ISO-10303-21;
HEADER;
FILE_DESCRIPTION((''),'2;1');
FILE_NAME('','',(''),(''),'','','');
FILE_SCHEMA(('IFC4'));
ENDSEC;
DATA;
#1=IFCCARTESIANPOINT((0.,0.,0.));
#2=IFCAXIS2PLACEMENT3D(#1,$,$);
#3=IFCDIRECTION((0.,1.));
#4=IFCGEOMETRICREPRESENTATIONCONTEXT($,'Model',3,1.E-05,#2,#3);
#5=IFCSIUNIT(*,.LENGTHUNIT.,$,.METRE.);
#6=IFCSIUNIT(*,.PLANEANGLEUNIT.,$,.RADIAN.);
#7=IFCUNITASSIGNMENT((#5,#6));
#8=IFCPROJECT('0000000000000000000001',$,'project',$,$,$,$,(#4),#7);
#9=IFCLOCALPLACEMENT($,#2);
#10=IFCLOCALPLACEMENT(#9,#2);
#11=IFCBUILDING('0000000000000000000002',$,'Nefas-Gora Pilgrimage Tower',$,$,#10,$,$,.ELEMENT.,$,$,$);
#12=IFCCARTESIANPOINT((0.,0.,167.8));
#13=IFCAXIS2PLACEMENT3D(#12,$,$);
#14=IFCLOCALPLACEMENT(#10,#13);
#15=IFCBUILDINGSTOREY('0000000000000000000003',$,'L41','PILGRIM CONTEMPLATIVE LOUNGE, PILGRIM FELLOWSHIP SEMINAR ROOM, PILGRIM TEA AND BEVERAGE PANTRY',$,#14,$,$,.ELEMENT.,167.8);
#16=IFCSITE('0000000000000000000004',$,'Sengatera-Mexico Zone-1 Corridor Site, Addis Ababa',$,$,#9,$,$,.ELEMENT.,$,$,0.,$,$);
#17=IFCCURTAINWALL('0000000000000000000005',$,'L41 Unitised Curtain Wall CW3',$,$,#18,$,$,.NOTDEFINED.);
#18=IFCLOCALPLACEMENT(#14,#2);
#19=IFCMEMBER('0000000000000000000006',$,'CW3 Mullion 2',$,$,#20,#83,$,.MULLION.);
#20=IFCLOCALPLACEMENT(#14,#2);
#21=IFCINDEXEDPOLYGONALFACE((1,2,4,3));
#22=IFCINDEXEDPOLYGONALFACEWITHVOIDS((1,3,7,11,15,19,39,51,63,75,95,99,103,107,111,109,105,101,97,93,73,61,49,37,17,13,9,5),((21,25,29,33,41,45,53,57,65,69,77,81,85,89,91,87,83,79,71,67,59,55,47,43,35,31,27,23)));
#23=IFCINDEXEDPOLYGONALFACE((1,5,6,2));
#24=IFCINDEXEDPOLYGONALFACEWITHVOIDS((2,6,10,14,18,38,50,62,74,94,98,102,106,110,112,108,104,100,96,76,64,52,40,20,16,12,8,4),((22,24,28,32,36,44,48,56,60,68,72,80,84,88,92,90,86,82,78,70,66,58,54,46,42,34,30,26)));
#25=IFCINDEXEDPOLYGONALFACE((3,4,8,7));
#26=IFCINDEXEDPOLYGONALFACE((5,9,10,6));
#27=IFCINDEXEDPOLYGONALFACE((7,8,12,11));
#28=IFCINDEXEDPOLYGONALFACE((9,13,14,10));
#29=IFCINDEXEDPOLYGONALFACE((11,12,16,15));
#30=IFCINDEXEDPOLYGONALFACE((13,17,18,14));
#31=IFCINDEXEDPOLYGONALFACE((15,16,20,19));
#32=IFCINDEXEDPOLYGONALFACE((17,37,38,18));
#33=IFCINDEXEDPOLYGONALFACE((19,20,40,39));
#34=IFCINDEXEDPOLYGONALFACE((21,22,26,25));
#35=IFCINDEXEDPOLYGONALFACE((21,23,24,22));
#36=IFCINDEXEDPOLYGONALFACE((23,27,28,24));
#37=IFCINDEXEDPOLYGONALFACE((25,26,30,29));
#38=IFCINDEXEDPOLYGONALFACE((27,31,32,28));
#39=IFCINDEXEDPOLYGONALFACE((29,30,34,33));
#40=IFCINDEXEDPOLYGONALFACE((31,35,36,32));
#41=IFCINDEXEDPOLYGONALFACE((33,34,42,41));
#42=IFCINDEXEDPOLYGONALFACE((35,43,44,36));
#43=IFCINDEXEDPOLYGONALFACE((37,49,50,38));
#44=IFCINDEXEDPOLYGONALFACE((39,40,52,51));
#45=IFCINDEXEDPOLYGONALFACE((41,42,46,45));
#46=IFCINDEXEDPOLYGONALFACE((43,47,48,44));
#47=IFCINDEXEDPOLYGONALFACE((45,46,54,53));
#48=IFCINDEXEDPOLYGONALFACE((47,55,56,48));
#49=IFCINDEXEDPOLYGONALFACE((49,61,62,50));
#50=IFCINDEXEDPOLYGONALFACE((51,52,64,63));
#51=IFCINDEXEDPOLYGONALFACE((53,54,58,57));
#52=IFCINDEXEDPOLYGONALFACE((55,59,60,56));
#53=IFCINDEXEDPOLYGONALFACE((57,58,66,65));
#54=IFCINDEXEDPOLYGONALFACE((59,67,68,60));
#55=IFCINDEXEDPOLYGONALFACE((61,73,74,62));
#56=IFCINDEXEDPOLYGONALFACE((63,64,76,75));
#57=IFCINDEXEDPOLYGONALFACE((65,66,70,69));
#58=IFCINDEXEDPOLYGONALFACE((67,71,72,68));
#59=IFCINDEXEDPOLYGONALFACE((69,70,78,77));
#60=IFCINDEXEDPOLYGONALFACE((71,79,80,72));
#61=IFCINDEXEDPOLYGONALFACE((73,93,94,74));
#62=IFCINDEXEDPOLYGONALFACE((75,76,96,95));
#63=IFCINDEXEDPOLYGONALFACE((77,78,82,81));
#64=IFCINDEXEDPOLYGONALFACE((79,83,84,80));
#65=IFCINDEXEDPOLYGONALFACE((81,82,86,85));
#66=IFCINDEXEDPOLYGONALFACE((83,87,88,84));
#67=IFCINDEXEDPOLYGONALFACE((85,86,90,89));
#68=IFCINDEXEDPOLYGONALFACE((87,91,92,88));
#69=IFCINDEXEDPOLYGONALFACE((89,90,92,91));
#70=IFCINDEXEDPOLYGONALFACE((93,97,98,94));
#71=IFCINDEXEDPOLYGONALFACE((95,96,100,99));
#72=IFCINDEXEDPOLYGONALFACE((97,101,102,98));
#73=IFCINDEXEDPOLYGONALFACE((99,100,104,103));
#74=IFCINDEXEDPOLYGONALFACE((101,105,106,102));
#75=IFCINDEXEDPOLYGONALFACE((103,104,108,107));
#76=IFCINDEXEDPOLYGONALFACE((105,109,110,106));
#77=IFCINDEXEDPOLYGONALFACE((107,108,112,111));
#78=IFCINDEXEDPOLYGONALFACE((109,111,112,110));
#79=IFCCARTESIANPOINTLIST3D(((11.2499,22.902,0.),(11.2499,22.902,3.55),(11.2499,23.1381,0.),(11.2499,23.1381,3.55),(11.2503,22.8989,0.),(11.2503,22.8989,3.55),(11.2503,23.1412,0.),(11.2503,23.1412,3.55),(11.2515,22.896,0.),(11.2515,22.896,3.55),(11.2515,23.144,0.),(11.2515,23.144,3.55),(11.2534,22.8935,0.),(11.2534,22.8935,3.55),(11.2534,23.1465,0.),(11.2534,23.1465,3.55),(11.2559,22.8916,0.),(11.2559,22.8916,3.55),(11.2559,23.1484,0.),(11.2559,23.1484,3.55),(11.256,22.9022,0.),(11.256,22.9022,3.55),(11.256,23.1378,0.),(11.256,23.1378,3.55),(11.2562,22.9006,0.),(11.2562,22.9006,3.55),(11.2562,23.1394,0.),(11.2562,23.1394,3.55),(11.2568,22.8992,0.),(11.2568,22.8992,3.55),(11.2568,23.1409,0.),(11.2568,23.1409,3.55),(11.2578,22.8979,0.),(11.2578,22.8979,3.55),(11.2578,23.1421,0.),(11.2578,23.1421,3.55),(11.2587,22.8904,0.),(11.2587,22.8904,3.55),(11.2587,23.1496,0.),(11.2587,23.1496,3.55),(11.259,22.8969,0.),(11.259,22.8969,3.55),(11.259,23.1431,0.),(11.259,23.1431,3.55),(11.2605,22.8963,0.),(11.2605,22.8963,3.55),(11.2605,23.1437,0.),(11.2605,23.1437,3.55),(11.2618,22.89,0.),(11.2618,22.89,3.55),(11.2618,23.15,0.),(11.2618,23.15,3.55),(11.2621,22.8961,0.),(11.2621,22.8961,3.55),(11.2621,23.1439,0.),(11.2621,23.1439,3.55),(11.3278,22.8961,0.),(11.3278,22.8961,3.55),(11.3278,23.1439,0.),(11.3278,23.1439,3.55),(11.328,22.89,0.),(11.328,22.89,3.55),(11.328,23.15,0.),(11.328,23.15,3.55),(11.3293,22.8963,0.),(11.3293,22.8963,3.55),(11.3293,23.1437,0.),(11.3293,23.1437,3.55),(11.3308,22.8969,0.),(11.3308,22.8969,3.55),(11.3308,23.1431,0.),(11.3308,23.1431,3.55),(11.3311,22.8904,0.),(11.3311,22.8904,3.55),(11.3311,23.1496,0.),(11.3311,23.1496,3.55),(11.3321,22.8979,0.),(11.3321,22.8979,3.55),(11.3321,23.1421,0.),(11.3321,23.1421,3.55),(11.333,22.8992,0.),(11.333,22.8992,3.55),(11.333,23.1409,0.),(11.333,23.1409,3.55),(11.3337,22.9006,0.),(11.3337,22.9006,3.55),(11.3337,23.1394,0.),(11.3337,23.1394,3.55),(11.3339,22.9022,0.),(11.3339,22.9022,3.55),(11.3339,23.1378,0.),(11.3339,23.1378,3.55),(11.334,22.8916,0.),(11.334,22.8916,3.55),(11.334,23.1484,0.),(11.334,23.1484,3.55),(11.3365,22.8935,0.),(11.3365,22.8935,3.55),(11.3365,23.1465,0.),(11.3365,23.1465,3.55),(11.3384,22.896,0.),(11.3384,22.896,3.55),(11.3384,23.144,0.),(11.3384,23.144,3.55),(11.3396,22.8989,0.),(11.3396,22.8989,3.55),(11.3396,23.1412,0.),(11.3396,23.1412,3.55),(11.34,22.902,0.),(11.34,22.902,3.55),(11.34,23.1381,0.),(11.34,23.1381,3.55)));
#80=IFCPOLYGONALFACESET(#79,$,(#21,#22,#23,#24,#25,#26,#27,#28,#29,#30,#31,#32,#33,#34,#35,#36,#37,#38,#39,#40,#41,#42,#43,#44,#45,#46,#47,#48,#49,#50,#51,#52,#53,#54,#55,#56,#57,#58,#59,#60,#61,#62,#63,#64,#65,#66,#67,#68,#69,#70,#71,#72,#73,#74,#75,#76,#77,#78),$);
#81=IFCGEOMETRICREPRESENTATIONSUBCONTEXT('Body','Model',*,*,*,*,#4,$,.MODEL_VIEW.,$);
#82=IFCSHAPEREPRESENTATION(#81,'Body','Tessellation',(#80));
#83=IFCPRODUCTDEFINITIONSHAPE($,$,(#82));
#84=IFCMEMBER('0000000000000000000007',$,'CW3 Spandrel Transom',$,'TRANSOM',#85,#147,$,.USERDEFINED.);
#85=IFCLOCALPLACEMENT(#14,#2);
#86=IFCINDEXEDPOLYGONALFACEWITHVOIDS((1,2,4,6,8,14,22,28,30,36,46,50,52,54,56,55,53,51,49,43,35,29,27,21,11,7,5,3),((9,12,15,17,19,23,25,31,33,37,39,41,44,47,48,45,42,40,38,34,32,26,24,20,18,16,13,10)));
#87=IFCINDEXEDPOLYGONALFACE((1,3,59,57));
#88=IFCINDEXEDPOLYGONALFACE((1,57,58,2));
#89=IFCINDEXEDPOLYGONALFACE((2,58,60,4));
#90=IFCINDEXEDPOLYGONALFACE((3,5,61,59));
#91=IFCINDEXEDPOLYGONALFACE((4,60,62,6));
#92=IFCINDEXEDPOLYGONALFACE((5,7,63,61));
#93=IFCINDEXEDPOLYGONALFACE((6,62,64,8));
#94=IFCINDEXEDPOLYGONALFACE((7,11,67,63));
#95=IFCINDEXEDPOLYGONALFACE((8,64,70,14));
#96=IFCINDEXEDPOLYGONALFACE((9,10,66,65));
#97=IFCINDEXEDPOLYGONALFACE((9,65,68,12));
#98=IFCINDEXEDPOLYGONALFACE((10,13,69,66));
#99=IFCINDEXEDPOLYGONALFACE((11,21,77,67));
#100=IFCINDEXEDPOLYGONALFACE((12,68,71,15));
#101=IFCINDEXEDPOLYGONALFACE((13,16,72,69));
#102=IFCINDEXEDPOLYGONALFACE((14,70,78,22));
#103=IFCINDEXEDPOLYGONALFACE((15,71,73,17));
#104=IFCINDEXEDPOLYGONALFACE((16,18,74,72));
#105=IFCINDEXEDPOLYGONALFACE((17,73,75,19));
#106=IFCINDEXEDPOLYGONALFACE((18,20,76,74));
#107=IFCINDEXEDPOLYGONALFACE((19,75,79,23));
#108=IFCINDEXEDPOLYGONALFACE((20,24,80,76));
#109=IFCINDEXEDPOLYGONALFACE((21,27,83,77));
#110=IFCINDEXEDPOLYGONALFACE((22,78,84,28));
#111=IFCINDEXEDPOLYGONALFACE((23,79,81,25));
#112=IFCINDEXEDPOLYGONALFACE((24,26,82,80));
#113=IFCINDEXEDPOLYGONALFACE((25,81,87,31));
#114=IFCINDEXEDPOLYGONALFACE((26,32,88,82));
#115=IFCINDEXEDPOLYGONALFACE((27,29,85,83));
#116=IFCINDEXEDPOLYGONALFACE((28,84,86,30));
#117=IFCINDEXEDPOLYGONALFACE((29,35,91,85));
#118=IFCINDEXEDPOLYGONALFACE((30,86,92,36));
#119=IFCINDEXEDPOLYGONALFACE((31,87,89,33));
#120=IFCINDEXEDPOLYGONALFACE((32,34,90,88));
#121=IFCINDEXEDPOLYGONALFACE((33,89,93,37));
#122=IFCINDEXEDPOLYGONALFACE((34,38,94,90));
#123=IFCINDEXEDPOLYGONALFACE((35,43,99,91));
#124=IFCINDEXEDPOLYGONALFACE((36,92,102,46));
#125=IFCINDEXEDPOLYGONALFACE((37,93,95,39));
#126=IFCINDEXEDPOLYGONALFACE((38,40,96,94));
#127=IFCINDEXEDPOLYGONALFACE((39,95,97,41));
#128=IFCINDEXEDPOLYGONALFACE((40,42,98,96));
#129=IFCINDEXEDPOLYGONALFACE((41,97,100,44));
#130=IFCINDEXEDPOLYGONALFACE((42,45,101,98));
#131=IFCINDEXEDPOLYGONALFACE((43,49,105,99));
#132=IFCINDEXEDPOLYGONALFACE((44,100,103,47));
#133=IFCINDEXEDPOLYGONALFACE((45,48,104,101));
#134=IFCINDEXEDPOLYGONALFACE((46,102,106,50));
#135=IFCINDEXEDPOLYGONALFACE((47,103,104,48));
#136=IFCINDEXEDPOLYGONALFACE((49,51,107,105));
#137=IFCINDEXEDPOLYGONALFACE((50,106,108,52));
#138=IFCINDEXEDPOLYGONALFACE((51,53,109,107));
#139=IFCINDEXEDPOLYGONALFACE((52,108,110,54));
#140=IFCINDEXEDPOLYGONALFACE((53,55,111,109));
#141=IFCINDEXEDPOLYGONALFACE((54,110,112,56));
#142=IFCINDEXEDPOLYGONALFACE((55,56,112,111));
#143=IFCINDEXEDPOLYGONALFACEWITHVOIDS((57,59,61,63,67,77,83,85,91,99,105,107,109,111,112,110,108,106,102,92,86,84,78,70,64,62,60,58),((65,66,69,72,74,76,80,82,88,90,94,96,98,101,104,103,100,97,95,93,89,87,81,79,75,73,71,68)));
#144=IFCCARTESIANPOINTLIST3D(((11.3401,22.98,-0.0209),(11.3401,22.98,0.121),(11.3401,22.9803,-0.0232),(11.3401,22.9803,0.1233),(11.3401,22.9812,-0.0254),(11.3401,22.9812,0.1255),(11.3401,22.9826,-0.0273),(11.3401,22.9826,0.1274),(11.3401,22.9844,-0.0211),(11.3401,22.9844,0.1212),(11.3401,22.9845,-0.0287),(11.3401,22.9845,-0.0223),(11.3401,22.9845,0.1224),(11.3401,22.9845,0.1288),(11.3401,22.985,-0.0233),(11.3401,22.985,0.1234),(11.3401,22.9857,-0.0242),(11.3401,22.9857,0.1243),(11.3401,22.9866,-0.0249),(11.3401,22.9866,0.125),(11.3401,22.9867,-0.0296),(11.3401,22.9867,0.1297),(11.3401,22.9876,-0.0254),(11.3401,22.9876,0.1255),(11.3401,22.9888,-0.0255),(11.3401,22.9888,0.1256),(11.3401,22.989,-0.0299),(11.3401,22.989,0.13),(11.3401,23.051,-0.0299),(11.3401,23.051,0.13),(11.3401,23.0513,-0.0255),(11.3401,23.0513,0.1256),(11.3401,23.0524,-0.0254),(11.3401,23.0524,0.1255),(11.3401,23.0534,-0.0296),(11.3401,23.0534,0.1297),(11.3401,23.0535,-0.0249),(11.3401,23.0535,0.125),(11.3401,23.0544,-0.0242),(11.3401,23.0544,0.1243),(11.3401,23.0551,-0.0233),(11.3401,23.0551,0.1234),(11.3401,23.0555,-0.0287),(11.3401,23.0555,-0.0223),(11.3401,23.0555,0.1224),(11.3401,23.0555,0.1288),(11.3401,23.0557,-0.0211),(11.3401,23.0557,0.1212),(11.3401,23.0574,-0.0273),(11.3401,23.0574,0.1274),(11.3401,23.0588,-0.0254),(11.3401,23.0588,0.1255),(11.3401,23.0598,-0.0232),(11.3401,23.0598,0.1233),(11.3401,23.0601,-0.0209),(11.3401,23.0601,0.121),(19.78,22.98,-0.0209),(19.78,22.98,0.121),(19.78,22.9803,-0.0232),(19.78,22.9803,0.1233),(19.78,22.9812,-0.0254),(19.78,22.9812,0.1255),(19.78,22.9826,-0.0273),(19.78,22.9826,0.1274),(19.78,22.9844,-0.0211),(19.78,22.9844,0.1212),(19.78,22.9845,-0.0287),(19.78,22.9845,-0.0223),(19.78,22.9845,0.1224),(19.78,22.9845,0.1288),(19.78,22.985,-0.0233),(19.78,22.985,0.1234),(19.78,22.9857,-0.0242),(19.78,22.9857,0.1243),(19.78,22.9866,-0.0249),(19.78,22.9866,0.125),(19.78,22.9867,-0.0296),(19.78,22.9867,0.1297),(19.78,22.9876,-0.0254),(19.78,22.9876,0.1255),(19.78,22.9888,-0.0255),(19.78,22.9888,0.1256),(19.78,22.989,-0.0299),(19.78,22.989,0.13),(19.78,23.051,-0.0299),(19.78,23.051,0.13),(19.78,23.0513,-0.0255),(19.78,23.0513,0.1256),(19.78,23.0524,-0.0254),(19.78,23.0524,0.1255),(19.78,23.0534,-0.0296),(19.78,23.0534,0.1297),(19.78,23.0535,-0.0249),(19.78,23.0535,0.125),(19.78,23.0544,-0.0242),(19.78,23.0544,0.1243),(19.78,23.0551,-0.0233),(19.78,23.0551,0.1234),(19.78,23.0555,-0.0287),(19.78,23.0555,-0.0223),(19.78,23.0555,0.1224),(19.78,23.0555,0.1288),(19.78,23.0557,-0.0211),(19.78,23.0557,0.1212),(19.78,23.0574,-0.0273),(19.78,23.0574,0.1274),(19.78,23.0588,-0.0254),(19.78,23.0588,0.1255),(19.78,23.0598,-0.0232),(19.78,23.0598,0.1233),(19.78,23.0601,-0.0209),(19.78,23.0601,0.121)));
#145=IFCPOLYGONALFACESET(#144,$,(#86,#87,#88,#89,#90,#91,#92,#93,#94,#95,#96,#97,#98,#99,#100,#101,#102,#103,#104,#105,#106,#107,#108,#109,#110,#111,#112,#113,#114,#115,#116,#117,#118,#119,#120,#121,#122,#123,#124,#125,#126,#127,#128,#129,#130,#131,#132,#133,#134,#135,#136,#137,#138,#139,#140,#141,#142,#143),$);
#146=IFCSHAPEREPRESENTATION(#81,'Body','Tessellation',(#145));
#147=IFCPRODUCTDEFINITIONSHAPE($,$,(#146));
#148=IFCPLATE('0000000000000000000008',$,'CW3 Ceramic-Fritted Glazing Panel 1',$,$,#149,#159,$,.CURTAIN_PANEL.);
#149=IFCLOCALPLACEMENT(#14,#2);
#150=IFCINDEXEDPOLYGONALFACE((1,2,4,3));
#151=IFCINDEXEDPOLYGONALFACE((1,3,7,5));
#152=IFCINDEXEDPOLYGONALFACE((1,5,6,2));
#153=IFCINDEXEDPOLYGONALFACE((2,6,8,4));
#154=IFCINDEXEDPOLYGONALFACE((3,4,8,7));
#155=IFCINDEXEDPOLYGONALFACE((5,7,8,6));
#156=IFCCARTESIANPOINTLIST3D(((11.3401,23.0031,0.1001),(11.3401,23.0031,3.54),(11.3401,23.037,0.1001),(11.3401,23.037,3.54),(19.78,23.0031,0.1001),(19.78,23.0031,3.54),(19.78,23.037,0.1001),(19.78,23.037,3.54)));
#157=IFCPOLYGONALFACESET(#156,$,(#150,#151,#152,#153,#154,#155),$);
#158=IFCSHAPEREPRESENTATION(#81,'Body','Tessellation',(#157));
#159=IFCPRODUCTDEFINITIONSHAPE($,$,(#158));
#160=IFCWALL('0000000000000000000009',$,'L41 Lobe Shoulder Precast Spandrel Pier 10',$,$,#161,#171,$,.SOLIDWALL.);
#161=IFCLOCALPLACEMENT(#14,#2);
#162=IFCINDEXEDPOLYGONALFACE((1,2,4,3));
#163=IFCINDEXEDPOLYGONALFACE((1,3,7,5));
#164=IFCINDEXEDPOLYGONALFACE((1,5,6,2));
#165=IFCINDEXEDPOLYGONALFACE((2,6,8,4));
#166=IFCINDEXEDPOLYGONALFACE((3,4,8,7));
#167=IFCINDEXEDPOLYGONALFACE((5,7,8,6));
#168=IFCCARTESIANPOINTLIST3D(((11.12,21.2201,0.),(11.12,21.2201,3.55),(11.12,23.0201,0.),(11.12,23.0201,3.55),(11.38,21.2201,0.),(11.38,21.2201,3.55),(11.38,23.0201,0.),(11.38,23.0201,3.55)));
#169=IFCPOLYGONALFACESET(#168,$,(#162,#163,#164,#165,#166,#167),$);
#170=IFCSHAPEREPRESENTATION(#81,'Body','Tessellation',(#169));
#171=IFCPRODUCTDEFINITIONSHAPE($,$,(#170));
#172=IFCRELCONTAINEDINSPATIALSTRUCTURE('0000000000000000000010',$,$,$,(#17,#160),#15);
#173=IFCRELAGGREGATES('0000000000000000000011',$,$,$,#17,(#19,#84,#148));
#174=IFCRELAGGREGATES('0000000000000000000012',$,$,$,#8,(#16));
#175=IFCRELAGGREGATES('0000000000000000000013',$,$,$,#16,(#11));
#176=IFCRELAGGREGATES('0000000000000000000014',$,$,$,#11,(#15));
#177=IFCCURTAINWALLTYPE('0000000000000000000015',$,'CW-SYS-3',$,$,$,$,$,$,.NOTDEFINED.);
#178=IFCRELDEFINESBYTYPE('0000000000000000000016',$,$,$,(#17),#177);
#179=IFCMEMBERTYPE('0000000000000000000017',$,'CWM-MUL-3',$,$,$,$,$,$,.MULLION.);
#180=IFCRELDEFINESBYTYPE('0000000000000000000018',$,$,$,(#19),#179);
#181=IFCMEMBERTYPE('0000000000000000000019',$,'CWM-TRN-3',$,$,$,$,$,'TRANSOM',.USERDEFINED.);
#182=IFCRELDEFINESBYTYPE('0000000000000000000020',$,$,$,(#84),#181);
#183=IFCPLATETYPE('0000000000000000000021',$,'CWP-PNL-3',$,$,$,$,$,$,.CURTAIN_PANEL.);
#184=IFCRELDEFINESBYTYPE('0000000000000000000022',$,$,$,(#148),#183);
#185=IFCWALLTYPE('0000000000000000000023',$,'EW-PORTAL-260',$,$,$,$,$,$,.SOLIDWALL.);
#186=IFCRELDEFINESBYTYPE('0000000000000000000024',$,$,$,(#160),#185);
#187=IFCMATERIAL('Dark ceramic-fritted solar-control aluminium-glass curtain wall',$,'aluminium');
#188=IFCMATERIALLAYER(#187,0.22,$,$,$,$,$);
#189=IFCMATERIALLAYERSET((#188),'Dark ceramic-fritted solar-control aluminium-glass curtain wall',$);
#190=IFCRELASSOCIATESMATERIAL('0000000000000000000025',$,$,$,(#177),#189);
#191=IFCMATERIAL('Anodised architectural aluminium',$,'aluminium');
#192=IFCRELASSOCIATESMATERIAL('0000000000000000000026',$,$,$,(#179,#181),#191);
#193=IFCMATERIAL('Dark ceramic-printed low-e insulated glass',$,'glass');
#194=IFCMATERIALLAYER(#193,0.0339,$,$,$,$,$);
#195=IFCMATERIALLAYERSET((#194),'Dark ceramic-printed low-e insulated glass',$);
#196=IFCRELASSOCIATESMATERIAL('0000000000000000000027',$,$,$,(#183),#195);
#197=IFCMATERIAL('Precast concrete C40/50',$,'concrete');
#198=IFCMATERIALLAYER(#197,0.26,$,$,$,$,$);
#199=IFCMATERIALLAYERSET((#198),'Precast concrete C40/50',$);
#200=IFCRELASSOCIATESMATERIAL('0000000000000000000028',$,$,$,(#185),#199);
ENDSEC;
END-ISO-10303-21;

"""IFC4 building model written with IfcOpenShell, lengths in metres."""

from ifc_helpers import new_model, si_unit, direction, frame, frame_2d, origin, origin_2d, place, context, subcontext, project, spatial, rectangle, hollow_rectangle, extrude, source, transform, mapped, material, layer, layer_set, material_profile, profile_set, type_object, element, aggregate, save


model = new_model("IFC4")

# Units and contexts
model_context = context("Model", 3, precision=1e-05, world=origin(), true_north=direction((0.0, 1.0)))
body_context = subcontext(model_context, "Body", "Model", "MODEL_VIEW")
ifc_project = project(units=[si_unit("LENGTHUNIT", "METRE"), si_unit("PLANEANGLEUNIT", "RADIAN")], contexts=[model_context])

# Site, building, storey
site_placement = place(None, origin())
site = spatial("IfcSite", under=ifc_project, at=site_placement, Name="Sengatera-Mexico Zone-1 Corridor Site, Addis Ababa", CompositionType="ELEMENT", RefElevation=0.0)
building_placement = place(site_placement, origin())
building = spatial("IfcBuilding", under=site, at=building_placement, Name="Nefas-Gora Pilgrimage Tower", CompositionType="ELEMENT")
storey_placement = place(building_placement, frame((0.0, 0.0, 167.8)))
storey = spatial("IfcBuildingStorey", under=building, at=storey_placement, Name="L41", Description="PILGRIM CONTEMPLATIVE LOUNGE, PILGRIM FELLOWSHIP SEMINAR ROOM, PILGRIM TEA AND BEVERAGE PANTRY", CompositionType="ELEMENT", Elevation=167.8)

# Shared definitions
ifc_material_1 = material(Name="Dark ceramic-fritted solar-control aluminium-glass curtain wall", Category="aluminium")
ifc_layer_1 = layer(ifc_material_1, 0.22)
ifc_layer_set_1 = layer_set([ifc_layer_1], Name="Dark ceramic-fritted solar-control aluminium-glass curtain wall")
curtain_wall_type = type_object("IfcCurtainWallType", Name="CW-SYS-3", PredefinedType="NOTDEFINED", material=ifc_layer_set_1)
ifc_material_2 = material(Name="Anodised architectural aluminium", Category="aluminium")
ifc_material_profile_1 = material_profile(ifc_material_2, hollow_rectangle(XDim=0.0901, YDim=0.26, WallThickness=0.0061, InnerFilletRadius=0.0061, OuterFilletRadius=0.012, at=origin_2d()), Name="ALU MULLION 90x260")
ifc_profile_set_1 = profile_set([ifc_material_profile_1], Name="Anodised architectural aluminium")
member_type_1 = type_object("IfcMemberType", Name="CWM-MUL-3", PredefinedType="MULLION", material=ifc_profile_set_1)
shared_shape_1 = source(origin(), body_context, "Body", "SweptSolid", [
    extrude(hollow_rectangle(XDim=0.0901, YDim=0.26, WallThickness=0.0061, InnerFilletRadius=0.0061, OuterFilletRadius=0.012, at=origin_2d()), origin(), (0.0, 0.0, 1.0), 3.55),
])

# Curtain wall, members, plate
curtain_wall_1_placement = place(storey_placement, origin())
curtain_wall_1 = element("IfcCurtainWall", 1, at=curtain_wall_1_placement, inside=storey, type_object=curtain_wall_type, Name="L41 Unitised Curtain Wall CW3", PredefinedType="NOTDEFINED")
member_1_placement = place(storey_placement, frame((11.2949, 23.02, 0.0), z_axis=(0.0, 0.0, 1.0), x_axis=(-1.0, 0.0, 0.0)))
member_1 = element("IfcMember", 2, at=member_1_placement, type_object=member_type_1, Name="CW3 Mullion 2", PredefinedType="MULLION", context=body_context, shape_type="MappedRepresentation", body=[
    mapped(shared_shape_1, transform((0.0, 0.0, 0.0), x_axis=(1.0, 0.0, 0.0), y_axis=(0.0, 1.0, 0.0), z_axis=(0.0, 0.0, 1.0), scale=1.0)),
])
ifc_material_profile_2 = material_profile(ifc_material_2, hollow_rectangle(XDim=0.0801, YDim=0.1599, WallThickness=0.0044, InnerFilletRadius=0.0044, OuterFilletRadius=0.009, at=origin_2d()), Name="ALU TRANSOM 80x160")
ifc_profile_set_2 = profile_set([ifc_material_profile_2], Name="Anodised architectural aluminium")
member_type_2 = type_object("IfcMemberType", Name="CWM-TRN-3", ElementType="TRANSOM", PredefinedType="USERDEFINED", material=ifc_profile_set_2)
shared_shape_2 = source(origin(), body_context, "Body", "SweptSolid", [
    extrude(hollow_rectangle(XDim=0.0801, YDim=0.1599, WallThickness=0.0044, InnerFilletRadius=0.0044, OuterFilletRadius=0.009, at=origin_2d()), origin(), (0.0, 0.0, 1.0), 8.4399),
])
member_2_placement = place(storey_placement, frame((19.78, 23.02, 0.05), z_axis=(-1.0, 0.0, 0.0), x_axis=(0.0, -1.0, 0.0)))
member_2 = element("IfcMember", 3, at=member_2_placement, type_object=member_type_2, Name="CW3 Spandrel Transom", ObjectType="TRANSOM", PredefinedType="USERDEFINED", context=body_context, shape_type="MappedRepresentation", body=[
    mapped(shared_shape_2, transform((0.0, 0.0, 0.0), x_axis=(1.0, 0.0, 0.0), y_axis=(0.0, 1.0, 0.0), z_axis=(0.0, 0.0, 1.0), scale=1.0)),
])
ifc_material_3 = material(Name="Dark ceramic-printed low-e insulated glass", Category="glass")
ifc_layer_2 = layer(ifc_material_3, 0.0339)
ifc_layer_set_2 = layer_set([ifc_layer_2], Name="Dark ceramic-printed low-e insulated glass")
plate_type = type_object("IfcPlateType", Name="CWP-PNL-3", PredefinedType="CURTAIN_PANEL", material=ifc_layer_set_2)
shared_shape_3 = source(origin(), body_context, "Body", "SweptSolid", [
    extrude(rectangle(XDim=8.4399, YDim=0.0339, at=origin_2d()), origin(), (0.0, 0.0, 1.0), 3.4399),
])
plate_placement = place(storey_placement, frame((15.5601, 23.02, 0.1001), z_axis=(0.0, 0.0, 1.0), x_axis=(-1.0, 0.0, 0.0)))
plate = element("IfcPlate", 4, at=plate_placement, type_object=plate_type, Name="CW3 Ceramic-Fritted Glazing Panel 1", PredefinedType="CURTAIN_PANEL", context=body_context, shape_type="MappedRepresentation", body=[
    mapped(shared_shape_3, transform((0.0, 0.0, 0.0), x_axis=(1.0, 0.0, 0.0), y_axis=(0.0, 1.0, 0.0), z_axis=(0.0, 0.0, 1.0), scale=1.0)),
])
aggregate(curtain_wall_1, [member_1, member_2, plate])

# Wall
ifc_material_4 = material(Name="Precast concrete C40/50", Category="concrete")
ifc_layer_3 = layer(ifc_material_4, 0.26)
ifc_layer_set_3 = layer_set([ifc_layer_3], Name="Precast concrete C40/50")
wall_type_1 = type_object("IfcWallType", Name="EW-PORTAL-260", PredefinedType="SOLIDWALL", material=ifc_layer_set_3)
shared_shape_4 = source(origin(), body_context, "Body", "SweptSolid", [
    extrude(rectangle(XDim=1.8, YDim=0.26, at=frame_2d((0.8999, 0.0))), origin(), (0.0, 0.0, 1.0), 3.55),
])
wall_1_placement = place(storey_placement, frame((11.25, 23.02, 0.0), z_axis=(0.0, 0.0, 1.0), x_axis=(0.0, -1.0, 0.0)))
element("IfcWall", 5, at=wall_1_placement, inside=storey, type_object=wall_type_1, Name="L41 Lobe Shoulder Precast Spandrel Pier 10", PredefinedType="SOLIDWALL", context=body_context, shape_type="MappedRepresentation", body=[
    mapped(shared_shape_4, transform((0.0, 0.0, 0.0), x_axis=(1.0, 0.0, 0.0), y_axis=(0.0, 1.0, 0.0), z_axis=(0.0, 0.0, 1.0), scale=1.0)),
])

save(model, "model.ifc")
